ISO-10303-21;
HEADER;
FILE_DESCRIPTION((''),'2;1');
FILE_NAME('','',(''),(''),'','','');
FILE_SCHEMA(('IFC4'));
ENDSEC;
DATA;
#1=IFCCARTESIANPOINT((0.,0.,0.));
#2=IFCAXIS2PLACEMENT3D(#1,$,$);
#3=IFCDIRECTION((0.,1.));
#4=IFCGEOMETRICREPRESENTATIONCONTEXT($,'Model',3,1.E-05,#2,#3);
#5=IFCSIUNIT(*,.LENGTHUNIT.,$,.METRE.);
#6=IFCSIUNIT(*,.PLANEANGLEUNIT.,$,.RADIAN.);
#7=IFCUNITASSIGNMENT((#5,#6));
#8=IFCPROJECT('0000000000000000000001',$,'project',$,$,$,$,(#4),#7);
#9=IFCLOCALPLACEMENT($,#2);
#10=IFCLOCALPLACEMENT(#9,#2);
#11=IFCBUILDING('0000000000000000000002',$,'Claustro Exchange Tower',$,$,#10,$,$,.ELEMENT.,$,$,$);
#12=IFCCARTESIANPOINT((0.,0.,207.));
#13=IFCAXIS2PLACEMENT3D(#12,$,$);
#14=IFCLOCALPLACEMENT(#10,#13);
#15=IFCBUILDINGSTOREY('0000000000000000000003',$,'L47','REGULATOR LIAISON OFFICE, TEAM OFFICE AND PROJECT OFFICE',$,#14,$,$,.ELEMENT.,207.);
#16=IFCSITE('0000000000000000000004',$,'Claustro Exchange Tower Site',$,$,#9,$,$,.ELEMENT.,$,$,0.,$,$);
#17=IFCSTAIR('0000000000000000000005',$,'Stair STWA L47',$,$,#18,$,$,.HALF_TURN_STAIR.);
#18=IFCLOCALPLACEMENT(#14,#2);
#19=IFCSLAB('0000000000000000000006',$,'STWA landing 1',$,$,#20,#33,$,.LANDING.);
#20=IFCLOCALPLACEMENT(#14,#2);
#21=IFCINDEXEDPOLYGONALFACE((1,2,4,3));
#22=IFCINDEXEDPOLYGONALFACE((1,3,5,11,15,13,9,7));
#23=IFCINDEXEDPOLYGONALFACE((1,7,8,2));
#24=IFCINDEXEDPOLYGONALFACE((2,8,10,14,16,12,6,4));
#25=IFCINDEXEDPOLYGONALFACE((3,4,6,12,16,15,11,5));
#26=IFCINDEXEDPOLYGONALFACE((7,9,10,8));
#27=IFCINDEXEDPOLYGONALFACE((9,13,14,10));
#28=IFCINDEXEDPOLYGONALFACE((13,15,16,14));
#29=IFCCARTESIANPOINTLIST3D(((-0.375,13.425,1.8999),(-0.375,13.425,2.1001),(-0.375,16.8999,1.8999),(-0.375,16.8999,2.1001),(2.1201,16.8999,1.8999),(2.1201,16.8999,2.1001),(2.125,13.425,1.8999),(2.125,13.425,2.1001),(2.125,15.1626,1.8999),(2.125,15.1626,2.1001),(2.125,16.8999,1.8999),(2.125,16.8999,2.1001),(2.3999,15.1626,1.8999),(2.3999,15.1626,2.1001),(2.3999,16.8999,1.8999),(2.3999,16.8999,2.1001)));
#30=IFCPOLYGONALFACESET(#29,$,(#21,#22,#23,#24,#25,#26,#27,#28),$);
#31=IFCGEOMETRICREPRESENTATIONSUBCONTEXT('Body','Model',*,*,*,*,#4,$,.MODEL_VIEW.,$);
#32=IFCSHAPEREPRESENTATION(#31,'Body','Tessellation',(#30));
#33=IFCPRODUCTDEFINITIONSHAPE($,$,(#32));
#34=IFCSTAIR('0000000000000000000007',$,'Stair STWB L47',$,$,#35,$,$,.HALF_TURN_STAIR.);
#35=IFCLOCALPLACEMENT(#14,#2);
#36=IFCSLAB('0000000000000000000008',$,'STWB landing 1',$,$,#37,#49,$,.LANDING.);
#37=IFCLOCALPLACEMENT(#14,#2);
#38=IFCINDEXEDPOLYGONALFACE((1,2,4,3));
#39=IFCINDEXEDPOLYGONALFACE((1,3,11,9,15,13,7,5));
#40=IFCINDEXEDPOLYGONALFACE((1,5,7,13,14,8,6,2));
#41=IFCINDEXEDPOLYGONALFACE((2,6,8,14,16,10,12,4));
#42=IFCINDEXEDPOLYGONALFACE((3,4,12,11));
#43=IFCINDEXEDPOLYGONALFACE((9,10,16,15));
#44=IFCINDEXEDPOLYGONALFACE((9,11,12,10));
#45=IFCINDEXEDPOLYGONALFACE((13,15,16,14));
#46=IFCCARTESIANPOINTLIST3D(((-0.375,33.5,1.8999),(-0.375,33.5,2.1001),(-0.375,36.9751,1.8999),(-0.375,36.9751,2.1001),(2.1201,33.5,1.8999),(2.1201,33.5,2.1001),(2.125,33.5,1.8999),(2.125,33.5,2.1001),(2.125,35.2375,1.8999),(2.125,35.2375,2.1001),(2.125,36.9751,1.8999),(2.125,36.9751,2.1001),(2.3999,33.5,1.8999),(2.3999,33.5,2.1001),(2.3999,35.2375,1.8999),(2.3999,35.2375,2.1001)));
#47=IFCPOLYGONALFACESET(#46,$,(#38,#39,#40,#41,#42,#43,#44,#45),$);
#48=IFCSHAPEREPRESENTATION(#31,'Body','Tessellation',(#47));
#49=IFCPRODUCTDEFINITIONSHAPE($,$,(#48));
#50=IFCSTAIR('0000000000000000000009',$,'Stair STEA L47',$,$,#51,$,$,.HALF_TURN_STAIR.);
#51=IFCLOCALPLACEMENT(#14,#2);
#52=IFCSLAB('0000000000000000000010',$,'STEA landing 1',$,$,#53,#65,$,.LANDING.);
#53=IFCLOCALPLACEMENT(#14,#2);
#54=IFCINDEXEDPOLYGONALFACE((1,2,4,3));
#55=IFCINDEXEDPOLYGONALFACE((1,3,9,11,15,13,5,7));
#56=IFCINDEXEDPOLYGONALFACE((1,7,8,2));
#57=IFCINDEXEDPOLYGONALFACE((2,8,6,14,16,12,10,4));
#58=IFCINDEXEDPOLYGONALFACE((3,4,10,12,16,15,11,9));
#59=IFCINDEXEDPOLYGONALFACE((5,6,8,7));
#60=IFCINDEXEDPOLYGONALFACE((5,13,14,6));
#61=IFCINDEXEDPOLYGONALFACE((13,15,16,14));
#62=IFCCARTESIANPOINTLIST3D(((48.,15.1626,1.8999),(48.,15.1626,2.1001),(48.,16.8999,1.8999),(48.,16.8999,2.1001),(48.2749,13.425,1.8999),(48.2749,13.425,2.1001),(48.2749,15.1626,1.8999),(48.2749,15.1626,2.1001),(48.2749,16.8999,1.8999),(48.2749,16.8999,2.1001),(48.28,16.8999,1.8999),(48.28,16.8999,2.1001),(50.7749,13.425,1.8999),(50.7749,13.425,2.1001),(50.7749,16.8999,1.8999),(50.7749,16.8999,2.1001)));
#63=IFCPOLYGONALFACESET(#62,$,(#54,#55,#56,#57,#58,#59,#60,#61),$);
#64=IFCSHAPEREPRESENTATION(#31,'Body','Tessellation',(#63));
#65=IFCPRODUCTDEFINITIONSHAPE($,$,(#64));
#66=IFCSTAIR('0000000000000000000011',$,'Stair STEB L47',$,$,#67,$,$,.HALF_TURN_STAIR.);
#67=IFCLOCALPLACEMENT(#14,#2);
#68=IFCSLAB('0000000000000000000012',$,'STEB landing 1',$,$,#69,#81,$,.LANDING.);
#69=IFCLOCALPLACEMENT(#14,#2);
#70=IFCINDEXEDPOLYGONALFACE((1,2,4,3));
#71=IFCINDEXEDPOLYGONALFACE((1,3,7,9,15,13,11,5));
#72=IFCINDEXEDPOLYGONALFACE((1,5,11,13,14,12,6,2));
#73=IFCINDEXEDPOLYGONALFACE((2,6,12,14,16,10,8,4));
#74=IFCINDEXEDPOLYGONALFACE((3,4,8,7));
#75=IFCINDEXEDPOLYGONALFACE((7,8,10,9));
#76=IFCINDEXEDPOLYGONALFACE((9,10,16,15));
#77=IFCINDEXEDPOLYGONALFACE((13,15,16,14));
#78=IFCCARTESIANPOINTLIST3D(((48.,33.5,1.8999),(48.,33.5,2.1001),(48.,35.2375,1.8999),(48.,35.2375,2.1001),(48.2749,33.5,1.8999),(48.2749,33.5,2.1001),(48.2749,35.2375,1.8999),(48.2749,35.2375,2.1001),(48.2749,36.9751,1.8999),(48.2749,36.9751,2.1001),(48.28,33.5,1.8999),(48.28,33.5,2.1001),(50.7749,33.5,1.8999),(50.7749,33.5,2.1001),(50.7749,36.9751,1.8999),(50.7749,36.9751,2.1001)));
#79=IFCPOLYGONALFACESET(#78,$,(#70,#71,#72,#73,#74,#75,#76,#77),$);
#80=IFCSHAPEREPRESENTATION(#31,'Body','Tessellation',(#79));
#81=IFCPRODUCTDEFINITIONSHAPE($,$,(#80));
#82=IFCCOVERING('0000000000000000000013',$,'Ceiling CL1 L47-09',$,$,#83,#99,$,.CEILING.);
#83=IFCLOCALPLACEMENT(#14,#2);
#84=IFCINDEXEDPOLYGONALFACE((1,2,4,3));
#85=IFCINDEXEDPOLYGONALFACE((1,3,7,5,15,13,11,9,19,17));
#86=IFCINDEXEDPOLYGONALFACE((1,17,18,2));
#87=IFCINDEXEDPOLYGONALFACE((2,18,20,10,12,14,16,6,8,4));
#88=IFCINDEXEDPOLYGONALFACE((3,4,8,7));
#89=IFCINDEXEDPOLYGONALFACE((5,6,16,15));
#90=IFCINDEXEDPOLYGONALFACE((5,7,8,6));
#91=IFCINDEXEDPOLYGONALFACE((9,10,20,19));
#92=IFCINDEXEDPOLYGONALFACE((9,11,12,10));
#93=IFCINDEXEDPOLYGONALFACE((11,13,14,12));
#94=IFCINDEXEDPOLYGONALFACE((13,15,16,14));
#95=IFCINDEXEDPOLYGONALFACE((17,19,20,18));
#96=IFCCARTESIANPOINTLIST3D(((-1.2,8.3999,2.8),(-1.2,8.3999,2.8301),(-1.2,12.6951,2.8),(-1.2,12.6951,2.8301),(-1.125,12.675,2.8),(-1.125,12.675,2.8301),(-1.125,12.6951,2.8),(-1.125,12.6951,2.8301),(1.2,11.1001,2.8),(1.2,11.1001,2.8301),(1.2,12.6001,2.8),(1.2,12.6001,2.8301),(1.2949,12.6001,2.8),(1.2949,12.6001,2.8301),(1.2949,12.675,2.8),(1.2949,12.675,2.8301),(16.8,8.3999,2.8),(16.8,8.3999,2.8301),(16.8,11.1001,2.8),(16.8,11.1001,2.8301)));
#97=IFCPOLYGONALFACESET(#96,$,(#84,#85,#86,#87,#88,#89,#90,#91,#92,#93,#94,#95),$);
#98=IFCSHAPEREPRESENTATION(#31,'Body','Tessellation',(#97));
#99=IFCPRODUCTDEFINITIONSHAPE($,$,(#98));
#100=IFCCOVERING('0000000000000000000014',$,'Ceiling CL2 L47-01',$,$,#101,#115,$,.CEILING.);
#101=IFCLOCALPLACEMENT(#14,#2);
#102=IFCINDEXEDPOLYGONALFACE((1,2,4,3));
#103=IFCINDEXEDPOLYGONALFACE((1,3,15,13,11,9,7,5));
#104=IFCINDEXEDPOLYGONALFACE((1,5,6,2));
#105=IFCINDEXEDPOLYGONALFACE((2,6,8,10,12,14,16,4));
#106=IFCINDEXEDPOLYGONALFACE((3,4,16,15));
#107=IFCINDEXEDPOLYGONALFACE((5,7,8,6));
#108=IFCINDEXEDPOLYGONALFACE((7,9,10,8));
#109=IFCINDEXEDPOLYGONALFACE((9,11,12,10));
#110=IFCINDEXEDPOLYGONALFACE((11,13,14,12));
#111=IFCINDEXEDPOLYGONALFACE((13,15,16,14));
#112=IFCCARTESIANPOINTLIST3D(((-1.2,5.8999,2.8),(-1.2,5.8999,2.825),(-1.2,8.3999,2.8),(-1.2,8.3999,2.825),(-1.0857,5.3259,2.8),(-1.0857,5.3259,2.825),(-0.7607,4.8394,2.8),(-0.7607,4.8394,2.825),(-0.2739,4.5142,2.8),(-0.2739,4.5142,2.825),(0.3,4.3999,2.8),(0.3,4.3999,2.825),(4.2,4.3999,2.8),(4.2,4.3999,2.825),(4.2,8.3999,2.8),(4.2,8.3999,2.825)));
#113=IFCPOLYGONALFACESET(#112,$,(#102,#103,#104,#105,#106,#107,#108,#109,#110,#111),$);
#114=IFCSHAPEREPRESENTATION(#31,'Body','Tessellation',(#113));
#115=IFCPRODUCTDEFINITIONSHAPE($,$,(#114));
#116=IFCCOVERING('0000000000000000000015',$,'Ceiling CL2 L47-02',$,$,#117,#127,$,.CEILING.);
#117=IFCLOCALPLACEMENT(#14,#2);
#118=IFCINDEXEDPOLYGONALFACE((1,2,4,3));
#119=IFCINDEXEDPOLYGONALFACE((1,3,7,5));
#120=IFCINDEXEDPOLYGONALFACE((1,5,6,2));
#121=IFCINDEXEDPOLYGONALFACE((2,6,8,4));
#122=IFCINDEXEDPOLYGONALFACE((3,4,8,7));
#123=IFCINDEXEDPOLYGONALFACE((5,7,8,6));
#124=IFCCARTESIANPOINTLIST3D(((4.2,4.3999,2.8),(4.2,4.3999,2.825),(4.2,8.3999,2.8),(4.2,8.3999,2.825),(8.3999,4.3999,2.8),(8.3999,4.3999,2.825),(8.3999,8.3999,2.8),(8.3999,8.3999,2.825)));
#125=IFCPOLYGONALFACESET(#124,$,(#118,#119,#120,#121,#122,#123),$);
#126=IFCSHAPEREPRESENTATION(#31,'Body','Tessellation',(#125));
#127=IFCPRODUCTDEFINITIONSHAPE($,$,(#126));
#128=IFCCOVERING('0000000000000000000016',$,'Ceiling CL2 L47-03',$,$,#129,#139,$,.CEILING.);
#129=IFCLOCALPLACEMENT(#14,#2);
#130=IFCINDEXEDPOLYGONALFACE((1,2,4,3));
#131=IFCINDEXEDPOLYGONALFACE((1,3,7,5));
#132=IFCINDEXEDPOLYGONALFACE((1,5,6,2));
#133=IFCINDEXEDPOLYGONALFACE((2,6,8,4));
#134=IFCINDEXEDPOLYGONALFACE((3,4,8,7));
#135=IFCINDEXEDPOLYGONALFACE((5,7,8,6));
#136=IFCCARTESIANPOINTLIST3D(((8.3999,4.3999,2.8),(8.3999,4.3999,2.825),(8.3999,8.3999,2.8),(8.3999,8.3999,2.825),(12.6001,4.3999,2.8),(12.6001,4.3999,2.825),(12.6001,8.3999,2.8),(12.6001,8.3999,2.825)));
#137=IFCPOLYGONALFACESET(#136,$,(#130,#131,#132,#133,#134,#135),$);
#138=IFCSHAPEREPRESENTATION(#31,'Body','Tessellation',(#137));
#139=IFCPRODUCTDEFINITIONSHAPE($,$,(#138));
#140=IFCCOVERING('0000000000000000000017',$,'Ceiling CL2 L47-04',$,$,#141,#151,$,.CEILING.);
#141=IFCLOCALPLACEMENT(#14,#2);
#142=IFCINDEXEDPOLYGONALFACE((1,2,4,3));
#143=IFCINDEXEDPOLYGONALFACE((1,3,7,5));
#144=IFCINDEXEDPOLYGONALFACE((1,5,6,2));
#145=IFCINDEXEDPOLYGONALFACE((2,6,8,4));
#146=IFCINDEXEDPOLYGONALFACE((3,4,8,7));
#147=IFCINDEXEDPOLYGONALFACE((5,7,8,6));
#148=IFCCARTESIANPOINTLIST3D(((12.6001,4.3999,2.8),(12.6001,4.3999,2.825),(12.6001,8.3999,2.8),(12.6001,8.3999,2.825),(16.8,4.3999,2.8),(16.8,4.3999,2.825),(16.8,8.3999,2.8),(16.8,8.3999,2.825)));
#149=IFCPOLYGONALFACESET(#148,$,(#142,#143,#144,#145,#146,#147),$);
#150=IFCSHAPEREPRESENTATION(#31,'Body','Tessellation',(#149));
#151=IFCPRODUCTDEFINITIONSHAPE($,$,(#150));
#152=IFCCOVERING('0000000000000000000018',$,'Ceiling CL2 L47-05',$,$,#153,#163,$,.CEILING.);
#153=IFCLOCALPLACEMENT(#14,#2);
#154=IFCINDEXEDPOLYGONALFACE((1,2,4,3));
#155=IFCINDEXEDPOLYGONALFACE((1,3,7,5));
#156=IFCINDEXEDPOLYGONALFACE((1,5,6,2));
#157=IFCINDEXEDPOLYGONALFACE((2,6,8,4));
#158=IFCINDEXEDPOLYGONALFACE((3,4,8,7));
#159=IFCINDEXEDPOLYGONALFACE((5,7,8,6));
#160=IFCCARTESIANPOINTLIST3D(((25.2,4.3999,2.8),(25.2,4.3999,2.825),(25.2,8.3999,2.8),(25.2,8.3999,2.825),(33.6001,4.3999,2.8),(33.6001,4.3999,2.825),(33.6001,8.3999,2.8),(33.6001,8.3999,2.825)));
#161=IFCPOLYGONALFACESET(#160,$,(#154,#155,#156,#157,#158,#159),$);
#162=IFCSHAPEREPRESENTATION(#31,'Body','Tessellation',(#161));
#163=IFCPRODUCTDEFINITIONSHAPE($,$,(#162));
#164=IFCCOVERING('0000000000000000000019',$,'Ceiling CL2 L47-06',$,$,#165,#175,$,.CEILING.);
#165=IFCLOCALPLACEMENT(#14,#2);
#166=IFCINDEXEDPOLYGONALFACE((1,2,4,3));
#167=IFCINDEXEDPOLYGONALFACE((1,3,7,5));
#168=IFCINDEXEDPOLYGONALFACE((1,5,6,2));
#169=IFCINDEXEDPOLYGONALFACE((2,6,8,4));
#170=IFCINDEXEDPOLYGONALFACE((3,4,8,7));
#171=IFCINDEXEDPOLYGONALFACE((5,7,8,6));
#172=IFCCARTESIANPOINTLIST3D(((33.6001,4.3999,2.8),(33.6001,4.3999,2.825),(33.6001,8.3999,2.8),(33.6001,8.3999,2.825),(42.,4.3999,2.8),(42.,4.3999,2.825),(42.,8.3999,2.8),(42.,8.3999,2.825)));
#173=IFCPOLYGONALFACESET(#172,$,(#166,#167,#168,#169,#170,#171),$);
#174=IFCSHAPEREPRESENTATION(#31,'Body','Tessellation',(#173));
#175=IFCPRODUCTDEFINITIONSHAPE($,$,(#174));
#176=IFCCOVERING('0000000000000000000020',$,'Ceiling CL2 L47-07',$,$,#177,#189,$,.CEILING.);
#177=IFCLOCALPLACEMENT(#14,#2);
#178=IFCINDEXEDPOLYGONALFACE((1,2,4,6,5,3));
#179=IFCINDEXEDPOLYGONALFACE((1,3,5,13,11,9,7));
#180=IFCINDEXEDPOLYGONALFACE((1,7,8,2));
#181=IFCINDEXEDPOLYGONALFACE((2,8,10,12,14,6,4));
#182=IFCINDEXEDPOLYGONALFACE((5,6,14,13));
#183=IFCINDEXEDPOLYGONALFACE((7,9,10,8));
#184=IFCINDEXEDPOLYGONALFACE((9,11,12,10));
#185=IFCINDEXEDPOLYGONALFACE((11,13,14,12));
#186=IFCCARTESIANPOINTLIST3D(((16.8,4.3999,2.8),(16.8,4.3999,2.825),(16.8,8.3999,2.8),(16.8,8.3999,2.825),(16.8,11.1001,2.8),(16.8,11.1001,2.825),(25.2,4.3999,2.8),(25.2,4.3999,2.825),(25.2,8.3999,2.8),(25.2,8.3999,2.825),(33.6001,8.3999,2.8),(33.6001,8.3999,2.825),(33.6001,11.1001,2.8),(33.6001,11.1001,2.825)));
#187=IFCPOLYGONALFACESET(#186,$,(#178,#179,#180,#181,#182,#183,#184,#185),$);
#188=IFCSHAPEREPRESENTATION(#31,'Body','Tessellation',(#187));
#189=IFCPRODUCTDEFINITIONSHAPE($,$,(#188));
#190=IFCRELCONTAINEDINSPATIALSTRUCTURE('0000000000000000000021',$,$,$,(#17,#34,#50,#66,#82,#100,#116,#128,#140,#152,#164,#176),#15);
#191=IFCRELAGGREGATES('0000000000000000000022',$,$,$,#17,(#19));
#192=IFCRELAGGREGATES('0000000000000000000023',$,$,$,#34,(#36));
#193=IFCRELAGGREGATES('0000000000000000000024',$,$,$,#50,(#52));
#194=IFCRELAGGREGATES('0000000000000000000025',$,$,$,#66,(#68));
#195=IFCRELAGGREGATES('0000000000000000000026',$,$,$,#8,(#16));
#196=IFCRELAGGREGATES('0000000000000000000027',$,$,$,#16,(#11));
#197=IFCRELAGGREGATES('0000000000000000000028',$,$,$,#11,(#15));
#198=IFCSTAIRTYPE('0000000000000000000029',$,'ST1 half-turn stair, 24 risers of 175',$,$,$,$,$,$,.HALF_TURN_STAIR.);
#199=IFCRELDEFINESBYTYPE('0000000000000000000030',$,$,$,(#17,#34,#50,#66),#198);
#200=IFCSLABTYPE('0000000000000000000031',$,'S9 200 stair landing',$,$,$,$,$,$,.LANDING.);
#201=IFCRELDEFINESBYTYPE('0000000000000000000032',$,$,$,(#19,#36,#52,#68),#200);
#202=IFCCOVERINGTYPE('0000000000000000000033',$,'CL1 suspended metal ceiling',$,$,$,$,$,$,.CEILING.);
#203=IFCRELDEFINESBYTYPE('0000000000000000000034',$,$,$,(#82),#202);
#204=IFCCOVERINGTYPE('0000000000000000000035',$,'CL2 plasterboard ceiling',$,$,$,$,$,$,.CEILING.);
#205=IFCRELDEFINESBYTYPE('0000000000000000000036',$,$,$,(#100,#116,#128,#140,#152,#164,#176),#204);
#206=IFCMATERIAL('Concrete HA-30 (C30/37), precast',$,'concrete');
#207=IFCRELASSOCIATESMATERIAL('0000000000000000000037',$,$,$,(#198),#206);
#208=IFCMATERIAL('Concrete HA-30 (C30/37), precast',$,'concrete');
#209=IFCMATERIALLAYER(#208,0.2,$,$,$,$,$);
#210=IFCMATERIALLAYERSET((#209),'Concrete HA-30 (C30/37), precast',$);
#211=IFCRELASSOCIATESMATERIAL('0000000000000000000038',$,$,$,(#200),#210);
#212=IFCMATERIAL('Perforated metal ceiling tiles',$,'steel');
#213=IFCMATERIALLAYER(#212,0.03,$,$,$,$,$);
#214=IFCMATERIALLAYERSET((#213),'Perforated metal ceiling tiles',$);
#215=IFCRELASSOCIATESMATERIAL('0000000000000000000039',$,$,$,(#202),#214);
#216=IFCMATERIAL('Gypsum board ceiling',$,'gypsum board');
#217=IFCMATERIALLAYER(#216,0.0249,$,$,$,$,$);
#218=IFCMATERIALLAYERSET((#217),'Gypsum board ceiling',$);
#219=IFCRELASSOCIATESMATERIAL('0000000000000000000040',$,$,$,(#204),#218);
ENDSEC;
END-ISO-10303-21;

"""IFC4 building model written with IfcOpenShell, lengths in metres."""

from ifc_helpers import new_model, si_unit, direction, frame, origin, place, context, subcontext, project, spatial, polyline, outline, extrude, material, layer, layer_set, type_object, element, aggregate, save


model = new_model("IFC4")

# Units and contexts
model_context = context("Model", 3, precision=1e-05, world=origin(), true_north=direction((0.0, 1.0)))
body_context = subcontext(model_context, "Body", "Model", "MODEL_VIEW")
ifc_project = project(units=[si_unit("LENGTHUNIT", "METRE"), si_unit("PLANEANGLEUNIT", "RADIAN")], contexts=[model_context])

# Site, building, storey
site_placement = place(None, origin())
site = spatial("IfcSite", under=ifc_project, at=site_placement, Name="Claustro Exchange Tower Site", CompositionType="ELEMENT", RefElevation=0.0)
building_placement = place(site_placement, origin())
building = spatial("IfcBuilding", under=site, at=building_placement, Name="Claustro Exchange Tower", CompositionType="ELEMENT")
storey_placement = place(building_placement, frame((0.0, 0.0, 207.0)))
storey = spatial("IfcBuildingStorey", under=building, at=storey_placement, Name="L47", Description="REGULATOR LIAISON OFFICE, TEAM OFFICE AND PROJECT OFFICE", CompositionType="ELEMENT", Elevation=207.0)

# Stairs, slabs
ifc_material_1 = material(Name="Concrete HA-30 (C30/37), precast", Category="concrete")
stair_type = type_object("IfcStairType", Name="ST1 half-turn stair, 24 risers of 175", PredefinedType="HALF_TURN_STAIR", material=ifc_material_1)
stair_1_placement = place(storey_placement, origin())
stair_1 = element("IfcStair", 1, at=stair_1_placement, inside=storey, type_object=stair_type, Name="Stair STWA L47", PredefinedType="HALF_TURN_STAIR")
ifc_material_2 = material(Name="Concrete HA-30 (C30/37), precast", Category="concrete")
ifc_layer_1 = layer(ifc_material_2, 0.2)
ifc_layer_set_1 = layer_set([ifc_layer_1], Name="Concrete HA-30 (C30/37), precast")
slab_type_1 = type_object("IfcSlabType", Name="S9 200 stair landing", PredefinedType="LANDING", material=ifc_layer_set_1)
slab_1_placement = place(storey_placement, frame((0.0, 0.0, 1.8999)))
slab_1 = element("IfcSlab", 2, at=slab_1_placement, type_object=slab_type_1, Name="STWA landing 1", PredefinedType="LANDING", context=body_context, shape_type="SweptSolid", body=[
    extrude(outline(polyline([(2.125, 13.425), (-0.375, 13.425), (-0.375, 16.8999), (2.1201, 16.8999), (2.125, 16.8999), (2.3999, 16.8999), (2.3999, 15.1626), (2.125, 15.1626), (2.125, 13.425)])), origin(), (0.0, 0.0, 1.0), 0.2002),
])
aggregate(stair_1, [slab_1])
stair_2_placement = place(storey_placement, origin())
stair_2 = element("IfcStair", 3, at=stair_2_placement, inside=storey, type_object=stair_type, Name="Stair STWB L47", PredefinedType="HALF_TURN_STAIR")
slab_2_placement = place(storey_placement, frame((0.0, 0.0, 1.8999)))
slab_2 = element("IfcSlab", 4, at=slab_2_placement, type_object=slab_type_1, Name="STWB landing 1", PredefinedType="LANDING", context=body_context, shape_type="SweptSolid", body=[
    extrude(outline(polyline([(2.3999, 35.2375), (2.3999, 33.5), (2.125, 33.5), (2.1201, 33.5), (-0.375, 33.5), (-0.375, 36.9751), (2.125, 36.9751), (2.125, 35.2375), (2.3999, 35.2375)])), origin(), (0.0, 0.0, 1.0), 0.2002),
])
aggregate(stair_2, [slab_2])
stair_3_placement = place(storey_placement, origin())
stair_3 = element("IfcStair", 5, at=stair_3_placement, inside=storey, type_object=stair_type, Name="Stair STEA L47", PredefinedType="HALF_TURN_STAIR")
slab_3_placement = place(storey_placement, frame((0.0, 0.0, 1.8999)))
slab_3 = element("IfcSlab", 6, at=slab_3_placement, type_object=slab_type_1, Name="STEA landing 1", PredefinedType="LANDING", context=body_context, shape_type="SweptSolid", body=[
    extrude(outline(polyline([(50.7749, 16.8999), (50.7749, 13.425), (48.2749, 13.425), (48.2749, 15.1626), (48.0, 15.1626), (48.0, 16.8999), (48.2749, 16.8999), (48.28, 16.8999), (50.7749, 16.8999)])), origin(), (0.0, 0.0, 1.0), 0.2002),
])
aggregate(stair_3, [slab_3])
stair_4_placement = place(storey_placement, origin())
stair_4 = element("IfcStair", 7, at=stair_4_placement, inside=storey, type_object=stair_type, Name="Stair STEB L47", PredefinedType="HALF_TURN_STAIR")
slab_4_placement = place(storey_placement, frame((0.0, 0.0, 1.8999)))
slab_4 = element("IfcSlab", 8, at=slab_4_placement, type_object=slab_type_1, Name="STEB landing 1", PredefinedType="LANDING", context=body_context, shape_type="SweptSolid", body=[
    extrude(outline(polyline([(48.0, 33.5), (48.0, 35.2375), (48.2749, 35.2375), (48.2749, 36.9751), (50.7749, 36.9751), (50.7749, 33.5), (48.28, 33.5), (48.2749, 33.5), (48.0, 33.5)])), origin(), (0.0, 0.0, 1.0), 0.2002),
])
aggregate(stair_4, [slab_4])

# Coverings
ifc_material_3 = material(Name="Perforated metal ceiling tiles", Category="steel")
ifc_layer_2 = layer(ifc_material_3, 0.03)
ifc_layer_set_2 = layer_set([ifc_layer_2], Name="Perforated metal ceiling tiles")
covering_type_1 = type_object("IfcCoveringType", Name="CL1 suspended metal ceiling", PredefinedType="CEILING", material=ifc_layer_set_2)
covering_1_placement = place(storey_placement, frame((0.0, 0.0, 2.8)))
element("IfcCovering", 9, at=covering_1_placement, inside=storey, type_object=covering_type_1, Name="Ceiling CL1 L47-09", PredefinedType="CEILING", context=body_context, shape_type="SweptSolid", body=[
    extrude(outline(polyline([(1.2, 11.1001), (1.2, 12.6001), (1.2949, 12.6001), (1.2949, 12.675), (-1.125, 12.675), (-1.125, 12.6951), (-1.2, 12.6951), (-1.2, 8.3999), (16.8, 8.3999), (16.8, 11.1001), (1.2, 11.1001)])), origin(), (0.0, 0.0, 1.0), 0.03),
])
ifc_material_4 = material(Name="Gypsum board ceiling", Category="gypsum board")
ifc_layer_3 = layer(ifc_material_4, 0.0249)
ifc_layer_set_3 = layer_set([ifc_layer_3], Name="Gypsum board ceiling")
covering_type_2 = type_object("IfcCoveringType", Name="CL2 plasterboard ceiling", PredefinedType="CEILING", material=ifc_layer_set_3)
covering_2_placement = place(storey_placement, frame((0.0, 0.0, 2.8)))
element("IfcCovering", 10, at=covering_2_placement, inside=storey, type_object=covering_type_2, Name="Ceiling CL2 L47-01", PredefinedType="CEILING", context=body_context, shape_type="SweptSolid", body=[
    extrude(outline(polyline([(-1.0857, 5.3259), (-0.7607, 4.8394), (-0.2739, 4.5142), (0.3, 4.3999), (4.2, 4.3999), (4.2, 8.3999), (-1.2, 8.3999), (-1.2, 5.8999), (-1.0857, 5.3259)])), origin(), (0.0, 0.0, 1.0), 0.0249),
])
covering_3_placement = place(storey_placement, frame((0.0, 0.0, 2.8)))
element("IfcCovering", 11, at=covering_3_placement, inside=storey, type_object=covering_type_2, Name="Ceiling CL2 L47-02", PredefinedType="CEILING", context=body_context, shape_type="SweptSolid", body=[
    extrude(outline(polyline([(4.2, 4.3999), (8.3999, 4.3999), (8.3999, 8.3999), (4.2, 8.3999), (4.2, 4.3999)])), origin(), (0.0, 0.0, 1.0), 0.0249),
])
covering_4_placement = place(storey_placement, frame((0.0, 0.0, 2.8)))
element("IfcCovering", 12, at=covering_4_placement, inside=storey, type_object=covering_type_2, Name="Ceiling CL2 L47-03", PredefinedType="CEILING", context=body_context, shape_type="SweptSolid", body=[
    extrude(outline(polyline([(8.3999, 4.3999), (12.6001, 4.3999), (12.6001, 8.3999), (8.3999, 8.3999), (8.3999, 4.3999)])), origin(), (0.0, 0.0, 1.0), 0.0249),
])
covering_5_placement = place(storey_placement, frame((0.0, 0.0, 2.8)))
element("IfcCovering", 13, at=covering_5_placement, inside=storey, type_object=covering_type_2, Name="Ceiling CL2 L47-04", PredefinedType="CEILING", context=body_context, shape_type="SweptSolid", body=[
    extrude(outline(polyline([(12.6001, 4.3999), (16.8, 4.3999), (16.8, 8.3999), (12.6001, 8.3999), (12.6001, 4.3999)])), origin(), (0.0, 0.0, 1.0), 0.0249),
])
covering_6_placement = place(storey_placement, frame((0.0, 0.0, 2.8)))
element("IfcCovering", 14, at=covering_6_placement, inside=storey, type_object=covering_type_2, Name="Ceiling CL2 L47-05", PredefinedType="CEILING", context=body_context, shape_type="SweptSolid", body=[
    extrude(outline(polyline([(25.2, 4.3999), (33.6001, 4.3999), (33.6001, 8.3999), (25.2, 8.3999), (25.2, 4.3999)])), origin(), (0.0, 0.0, 1.0), 0.0249),
])
covering_7_placement = place(storey_placement, frame((0.0, 0.0, 2.8)))
element("IfcCovering", 15, at=covering_7_placement, inside=storey, type_object=covering_type_2, Name="Ceiling CL2 L47-06", PredefinedType="CEILING", context=body_context, shape_type="SweptSolid", body=[
    extrude(outline(polyline([(33.6001, 4.3999), (42.0, 4.3999), (42.0, 8.3999), (33.6001, 8.3999), (33.6001, 4.3999)])), origin(), (0.0, 0.0, 1.0), 0.0249),
])
covering_8_placement = place(storey_placement, frame((0.0, 0.0, 2.8)))
element("IfcCovering", 16, at=covering_8_placement, inside=storey, type_object=covering_type_2, Name="Ceiling CL2 L47-07", PredefinedType="CEILING", context=body_context, shape_type="SweptSolid", body=[
    extrude(outline(polyline([(16.8, 4.3999), (25.2, 4.3999), (25.2, 8.3999), (33.6001, 8.3999), (33.6001, 11.1001), (16.8, 11.1001), (16.8, 8.3999), (16.8, 4.3999)])), origin(), (0.0, 0.0, 1.0), 0.0249),
])

save(model, "model.ifc")
